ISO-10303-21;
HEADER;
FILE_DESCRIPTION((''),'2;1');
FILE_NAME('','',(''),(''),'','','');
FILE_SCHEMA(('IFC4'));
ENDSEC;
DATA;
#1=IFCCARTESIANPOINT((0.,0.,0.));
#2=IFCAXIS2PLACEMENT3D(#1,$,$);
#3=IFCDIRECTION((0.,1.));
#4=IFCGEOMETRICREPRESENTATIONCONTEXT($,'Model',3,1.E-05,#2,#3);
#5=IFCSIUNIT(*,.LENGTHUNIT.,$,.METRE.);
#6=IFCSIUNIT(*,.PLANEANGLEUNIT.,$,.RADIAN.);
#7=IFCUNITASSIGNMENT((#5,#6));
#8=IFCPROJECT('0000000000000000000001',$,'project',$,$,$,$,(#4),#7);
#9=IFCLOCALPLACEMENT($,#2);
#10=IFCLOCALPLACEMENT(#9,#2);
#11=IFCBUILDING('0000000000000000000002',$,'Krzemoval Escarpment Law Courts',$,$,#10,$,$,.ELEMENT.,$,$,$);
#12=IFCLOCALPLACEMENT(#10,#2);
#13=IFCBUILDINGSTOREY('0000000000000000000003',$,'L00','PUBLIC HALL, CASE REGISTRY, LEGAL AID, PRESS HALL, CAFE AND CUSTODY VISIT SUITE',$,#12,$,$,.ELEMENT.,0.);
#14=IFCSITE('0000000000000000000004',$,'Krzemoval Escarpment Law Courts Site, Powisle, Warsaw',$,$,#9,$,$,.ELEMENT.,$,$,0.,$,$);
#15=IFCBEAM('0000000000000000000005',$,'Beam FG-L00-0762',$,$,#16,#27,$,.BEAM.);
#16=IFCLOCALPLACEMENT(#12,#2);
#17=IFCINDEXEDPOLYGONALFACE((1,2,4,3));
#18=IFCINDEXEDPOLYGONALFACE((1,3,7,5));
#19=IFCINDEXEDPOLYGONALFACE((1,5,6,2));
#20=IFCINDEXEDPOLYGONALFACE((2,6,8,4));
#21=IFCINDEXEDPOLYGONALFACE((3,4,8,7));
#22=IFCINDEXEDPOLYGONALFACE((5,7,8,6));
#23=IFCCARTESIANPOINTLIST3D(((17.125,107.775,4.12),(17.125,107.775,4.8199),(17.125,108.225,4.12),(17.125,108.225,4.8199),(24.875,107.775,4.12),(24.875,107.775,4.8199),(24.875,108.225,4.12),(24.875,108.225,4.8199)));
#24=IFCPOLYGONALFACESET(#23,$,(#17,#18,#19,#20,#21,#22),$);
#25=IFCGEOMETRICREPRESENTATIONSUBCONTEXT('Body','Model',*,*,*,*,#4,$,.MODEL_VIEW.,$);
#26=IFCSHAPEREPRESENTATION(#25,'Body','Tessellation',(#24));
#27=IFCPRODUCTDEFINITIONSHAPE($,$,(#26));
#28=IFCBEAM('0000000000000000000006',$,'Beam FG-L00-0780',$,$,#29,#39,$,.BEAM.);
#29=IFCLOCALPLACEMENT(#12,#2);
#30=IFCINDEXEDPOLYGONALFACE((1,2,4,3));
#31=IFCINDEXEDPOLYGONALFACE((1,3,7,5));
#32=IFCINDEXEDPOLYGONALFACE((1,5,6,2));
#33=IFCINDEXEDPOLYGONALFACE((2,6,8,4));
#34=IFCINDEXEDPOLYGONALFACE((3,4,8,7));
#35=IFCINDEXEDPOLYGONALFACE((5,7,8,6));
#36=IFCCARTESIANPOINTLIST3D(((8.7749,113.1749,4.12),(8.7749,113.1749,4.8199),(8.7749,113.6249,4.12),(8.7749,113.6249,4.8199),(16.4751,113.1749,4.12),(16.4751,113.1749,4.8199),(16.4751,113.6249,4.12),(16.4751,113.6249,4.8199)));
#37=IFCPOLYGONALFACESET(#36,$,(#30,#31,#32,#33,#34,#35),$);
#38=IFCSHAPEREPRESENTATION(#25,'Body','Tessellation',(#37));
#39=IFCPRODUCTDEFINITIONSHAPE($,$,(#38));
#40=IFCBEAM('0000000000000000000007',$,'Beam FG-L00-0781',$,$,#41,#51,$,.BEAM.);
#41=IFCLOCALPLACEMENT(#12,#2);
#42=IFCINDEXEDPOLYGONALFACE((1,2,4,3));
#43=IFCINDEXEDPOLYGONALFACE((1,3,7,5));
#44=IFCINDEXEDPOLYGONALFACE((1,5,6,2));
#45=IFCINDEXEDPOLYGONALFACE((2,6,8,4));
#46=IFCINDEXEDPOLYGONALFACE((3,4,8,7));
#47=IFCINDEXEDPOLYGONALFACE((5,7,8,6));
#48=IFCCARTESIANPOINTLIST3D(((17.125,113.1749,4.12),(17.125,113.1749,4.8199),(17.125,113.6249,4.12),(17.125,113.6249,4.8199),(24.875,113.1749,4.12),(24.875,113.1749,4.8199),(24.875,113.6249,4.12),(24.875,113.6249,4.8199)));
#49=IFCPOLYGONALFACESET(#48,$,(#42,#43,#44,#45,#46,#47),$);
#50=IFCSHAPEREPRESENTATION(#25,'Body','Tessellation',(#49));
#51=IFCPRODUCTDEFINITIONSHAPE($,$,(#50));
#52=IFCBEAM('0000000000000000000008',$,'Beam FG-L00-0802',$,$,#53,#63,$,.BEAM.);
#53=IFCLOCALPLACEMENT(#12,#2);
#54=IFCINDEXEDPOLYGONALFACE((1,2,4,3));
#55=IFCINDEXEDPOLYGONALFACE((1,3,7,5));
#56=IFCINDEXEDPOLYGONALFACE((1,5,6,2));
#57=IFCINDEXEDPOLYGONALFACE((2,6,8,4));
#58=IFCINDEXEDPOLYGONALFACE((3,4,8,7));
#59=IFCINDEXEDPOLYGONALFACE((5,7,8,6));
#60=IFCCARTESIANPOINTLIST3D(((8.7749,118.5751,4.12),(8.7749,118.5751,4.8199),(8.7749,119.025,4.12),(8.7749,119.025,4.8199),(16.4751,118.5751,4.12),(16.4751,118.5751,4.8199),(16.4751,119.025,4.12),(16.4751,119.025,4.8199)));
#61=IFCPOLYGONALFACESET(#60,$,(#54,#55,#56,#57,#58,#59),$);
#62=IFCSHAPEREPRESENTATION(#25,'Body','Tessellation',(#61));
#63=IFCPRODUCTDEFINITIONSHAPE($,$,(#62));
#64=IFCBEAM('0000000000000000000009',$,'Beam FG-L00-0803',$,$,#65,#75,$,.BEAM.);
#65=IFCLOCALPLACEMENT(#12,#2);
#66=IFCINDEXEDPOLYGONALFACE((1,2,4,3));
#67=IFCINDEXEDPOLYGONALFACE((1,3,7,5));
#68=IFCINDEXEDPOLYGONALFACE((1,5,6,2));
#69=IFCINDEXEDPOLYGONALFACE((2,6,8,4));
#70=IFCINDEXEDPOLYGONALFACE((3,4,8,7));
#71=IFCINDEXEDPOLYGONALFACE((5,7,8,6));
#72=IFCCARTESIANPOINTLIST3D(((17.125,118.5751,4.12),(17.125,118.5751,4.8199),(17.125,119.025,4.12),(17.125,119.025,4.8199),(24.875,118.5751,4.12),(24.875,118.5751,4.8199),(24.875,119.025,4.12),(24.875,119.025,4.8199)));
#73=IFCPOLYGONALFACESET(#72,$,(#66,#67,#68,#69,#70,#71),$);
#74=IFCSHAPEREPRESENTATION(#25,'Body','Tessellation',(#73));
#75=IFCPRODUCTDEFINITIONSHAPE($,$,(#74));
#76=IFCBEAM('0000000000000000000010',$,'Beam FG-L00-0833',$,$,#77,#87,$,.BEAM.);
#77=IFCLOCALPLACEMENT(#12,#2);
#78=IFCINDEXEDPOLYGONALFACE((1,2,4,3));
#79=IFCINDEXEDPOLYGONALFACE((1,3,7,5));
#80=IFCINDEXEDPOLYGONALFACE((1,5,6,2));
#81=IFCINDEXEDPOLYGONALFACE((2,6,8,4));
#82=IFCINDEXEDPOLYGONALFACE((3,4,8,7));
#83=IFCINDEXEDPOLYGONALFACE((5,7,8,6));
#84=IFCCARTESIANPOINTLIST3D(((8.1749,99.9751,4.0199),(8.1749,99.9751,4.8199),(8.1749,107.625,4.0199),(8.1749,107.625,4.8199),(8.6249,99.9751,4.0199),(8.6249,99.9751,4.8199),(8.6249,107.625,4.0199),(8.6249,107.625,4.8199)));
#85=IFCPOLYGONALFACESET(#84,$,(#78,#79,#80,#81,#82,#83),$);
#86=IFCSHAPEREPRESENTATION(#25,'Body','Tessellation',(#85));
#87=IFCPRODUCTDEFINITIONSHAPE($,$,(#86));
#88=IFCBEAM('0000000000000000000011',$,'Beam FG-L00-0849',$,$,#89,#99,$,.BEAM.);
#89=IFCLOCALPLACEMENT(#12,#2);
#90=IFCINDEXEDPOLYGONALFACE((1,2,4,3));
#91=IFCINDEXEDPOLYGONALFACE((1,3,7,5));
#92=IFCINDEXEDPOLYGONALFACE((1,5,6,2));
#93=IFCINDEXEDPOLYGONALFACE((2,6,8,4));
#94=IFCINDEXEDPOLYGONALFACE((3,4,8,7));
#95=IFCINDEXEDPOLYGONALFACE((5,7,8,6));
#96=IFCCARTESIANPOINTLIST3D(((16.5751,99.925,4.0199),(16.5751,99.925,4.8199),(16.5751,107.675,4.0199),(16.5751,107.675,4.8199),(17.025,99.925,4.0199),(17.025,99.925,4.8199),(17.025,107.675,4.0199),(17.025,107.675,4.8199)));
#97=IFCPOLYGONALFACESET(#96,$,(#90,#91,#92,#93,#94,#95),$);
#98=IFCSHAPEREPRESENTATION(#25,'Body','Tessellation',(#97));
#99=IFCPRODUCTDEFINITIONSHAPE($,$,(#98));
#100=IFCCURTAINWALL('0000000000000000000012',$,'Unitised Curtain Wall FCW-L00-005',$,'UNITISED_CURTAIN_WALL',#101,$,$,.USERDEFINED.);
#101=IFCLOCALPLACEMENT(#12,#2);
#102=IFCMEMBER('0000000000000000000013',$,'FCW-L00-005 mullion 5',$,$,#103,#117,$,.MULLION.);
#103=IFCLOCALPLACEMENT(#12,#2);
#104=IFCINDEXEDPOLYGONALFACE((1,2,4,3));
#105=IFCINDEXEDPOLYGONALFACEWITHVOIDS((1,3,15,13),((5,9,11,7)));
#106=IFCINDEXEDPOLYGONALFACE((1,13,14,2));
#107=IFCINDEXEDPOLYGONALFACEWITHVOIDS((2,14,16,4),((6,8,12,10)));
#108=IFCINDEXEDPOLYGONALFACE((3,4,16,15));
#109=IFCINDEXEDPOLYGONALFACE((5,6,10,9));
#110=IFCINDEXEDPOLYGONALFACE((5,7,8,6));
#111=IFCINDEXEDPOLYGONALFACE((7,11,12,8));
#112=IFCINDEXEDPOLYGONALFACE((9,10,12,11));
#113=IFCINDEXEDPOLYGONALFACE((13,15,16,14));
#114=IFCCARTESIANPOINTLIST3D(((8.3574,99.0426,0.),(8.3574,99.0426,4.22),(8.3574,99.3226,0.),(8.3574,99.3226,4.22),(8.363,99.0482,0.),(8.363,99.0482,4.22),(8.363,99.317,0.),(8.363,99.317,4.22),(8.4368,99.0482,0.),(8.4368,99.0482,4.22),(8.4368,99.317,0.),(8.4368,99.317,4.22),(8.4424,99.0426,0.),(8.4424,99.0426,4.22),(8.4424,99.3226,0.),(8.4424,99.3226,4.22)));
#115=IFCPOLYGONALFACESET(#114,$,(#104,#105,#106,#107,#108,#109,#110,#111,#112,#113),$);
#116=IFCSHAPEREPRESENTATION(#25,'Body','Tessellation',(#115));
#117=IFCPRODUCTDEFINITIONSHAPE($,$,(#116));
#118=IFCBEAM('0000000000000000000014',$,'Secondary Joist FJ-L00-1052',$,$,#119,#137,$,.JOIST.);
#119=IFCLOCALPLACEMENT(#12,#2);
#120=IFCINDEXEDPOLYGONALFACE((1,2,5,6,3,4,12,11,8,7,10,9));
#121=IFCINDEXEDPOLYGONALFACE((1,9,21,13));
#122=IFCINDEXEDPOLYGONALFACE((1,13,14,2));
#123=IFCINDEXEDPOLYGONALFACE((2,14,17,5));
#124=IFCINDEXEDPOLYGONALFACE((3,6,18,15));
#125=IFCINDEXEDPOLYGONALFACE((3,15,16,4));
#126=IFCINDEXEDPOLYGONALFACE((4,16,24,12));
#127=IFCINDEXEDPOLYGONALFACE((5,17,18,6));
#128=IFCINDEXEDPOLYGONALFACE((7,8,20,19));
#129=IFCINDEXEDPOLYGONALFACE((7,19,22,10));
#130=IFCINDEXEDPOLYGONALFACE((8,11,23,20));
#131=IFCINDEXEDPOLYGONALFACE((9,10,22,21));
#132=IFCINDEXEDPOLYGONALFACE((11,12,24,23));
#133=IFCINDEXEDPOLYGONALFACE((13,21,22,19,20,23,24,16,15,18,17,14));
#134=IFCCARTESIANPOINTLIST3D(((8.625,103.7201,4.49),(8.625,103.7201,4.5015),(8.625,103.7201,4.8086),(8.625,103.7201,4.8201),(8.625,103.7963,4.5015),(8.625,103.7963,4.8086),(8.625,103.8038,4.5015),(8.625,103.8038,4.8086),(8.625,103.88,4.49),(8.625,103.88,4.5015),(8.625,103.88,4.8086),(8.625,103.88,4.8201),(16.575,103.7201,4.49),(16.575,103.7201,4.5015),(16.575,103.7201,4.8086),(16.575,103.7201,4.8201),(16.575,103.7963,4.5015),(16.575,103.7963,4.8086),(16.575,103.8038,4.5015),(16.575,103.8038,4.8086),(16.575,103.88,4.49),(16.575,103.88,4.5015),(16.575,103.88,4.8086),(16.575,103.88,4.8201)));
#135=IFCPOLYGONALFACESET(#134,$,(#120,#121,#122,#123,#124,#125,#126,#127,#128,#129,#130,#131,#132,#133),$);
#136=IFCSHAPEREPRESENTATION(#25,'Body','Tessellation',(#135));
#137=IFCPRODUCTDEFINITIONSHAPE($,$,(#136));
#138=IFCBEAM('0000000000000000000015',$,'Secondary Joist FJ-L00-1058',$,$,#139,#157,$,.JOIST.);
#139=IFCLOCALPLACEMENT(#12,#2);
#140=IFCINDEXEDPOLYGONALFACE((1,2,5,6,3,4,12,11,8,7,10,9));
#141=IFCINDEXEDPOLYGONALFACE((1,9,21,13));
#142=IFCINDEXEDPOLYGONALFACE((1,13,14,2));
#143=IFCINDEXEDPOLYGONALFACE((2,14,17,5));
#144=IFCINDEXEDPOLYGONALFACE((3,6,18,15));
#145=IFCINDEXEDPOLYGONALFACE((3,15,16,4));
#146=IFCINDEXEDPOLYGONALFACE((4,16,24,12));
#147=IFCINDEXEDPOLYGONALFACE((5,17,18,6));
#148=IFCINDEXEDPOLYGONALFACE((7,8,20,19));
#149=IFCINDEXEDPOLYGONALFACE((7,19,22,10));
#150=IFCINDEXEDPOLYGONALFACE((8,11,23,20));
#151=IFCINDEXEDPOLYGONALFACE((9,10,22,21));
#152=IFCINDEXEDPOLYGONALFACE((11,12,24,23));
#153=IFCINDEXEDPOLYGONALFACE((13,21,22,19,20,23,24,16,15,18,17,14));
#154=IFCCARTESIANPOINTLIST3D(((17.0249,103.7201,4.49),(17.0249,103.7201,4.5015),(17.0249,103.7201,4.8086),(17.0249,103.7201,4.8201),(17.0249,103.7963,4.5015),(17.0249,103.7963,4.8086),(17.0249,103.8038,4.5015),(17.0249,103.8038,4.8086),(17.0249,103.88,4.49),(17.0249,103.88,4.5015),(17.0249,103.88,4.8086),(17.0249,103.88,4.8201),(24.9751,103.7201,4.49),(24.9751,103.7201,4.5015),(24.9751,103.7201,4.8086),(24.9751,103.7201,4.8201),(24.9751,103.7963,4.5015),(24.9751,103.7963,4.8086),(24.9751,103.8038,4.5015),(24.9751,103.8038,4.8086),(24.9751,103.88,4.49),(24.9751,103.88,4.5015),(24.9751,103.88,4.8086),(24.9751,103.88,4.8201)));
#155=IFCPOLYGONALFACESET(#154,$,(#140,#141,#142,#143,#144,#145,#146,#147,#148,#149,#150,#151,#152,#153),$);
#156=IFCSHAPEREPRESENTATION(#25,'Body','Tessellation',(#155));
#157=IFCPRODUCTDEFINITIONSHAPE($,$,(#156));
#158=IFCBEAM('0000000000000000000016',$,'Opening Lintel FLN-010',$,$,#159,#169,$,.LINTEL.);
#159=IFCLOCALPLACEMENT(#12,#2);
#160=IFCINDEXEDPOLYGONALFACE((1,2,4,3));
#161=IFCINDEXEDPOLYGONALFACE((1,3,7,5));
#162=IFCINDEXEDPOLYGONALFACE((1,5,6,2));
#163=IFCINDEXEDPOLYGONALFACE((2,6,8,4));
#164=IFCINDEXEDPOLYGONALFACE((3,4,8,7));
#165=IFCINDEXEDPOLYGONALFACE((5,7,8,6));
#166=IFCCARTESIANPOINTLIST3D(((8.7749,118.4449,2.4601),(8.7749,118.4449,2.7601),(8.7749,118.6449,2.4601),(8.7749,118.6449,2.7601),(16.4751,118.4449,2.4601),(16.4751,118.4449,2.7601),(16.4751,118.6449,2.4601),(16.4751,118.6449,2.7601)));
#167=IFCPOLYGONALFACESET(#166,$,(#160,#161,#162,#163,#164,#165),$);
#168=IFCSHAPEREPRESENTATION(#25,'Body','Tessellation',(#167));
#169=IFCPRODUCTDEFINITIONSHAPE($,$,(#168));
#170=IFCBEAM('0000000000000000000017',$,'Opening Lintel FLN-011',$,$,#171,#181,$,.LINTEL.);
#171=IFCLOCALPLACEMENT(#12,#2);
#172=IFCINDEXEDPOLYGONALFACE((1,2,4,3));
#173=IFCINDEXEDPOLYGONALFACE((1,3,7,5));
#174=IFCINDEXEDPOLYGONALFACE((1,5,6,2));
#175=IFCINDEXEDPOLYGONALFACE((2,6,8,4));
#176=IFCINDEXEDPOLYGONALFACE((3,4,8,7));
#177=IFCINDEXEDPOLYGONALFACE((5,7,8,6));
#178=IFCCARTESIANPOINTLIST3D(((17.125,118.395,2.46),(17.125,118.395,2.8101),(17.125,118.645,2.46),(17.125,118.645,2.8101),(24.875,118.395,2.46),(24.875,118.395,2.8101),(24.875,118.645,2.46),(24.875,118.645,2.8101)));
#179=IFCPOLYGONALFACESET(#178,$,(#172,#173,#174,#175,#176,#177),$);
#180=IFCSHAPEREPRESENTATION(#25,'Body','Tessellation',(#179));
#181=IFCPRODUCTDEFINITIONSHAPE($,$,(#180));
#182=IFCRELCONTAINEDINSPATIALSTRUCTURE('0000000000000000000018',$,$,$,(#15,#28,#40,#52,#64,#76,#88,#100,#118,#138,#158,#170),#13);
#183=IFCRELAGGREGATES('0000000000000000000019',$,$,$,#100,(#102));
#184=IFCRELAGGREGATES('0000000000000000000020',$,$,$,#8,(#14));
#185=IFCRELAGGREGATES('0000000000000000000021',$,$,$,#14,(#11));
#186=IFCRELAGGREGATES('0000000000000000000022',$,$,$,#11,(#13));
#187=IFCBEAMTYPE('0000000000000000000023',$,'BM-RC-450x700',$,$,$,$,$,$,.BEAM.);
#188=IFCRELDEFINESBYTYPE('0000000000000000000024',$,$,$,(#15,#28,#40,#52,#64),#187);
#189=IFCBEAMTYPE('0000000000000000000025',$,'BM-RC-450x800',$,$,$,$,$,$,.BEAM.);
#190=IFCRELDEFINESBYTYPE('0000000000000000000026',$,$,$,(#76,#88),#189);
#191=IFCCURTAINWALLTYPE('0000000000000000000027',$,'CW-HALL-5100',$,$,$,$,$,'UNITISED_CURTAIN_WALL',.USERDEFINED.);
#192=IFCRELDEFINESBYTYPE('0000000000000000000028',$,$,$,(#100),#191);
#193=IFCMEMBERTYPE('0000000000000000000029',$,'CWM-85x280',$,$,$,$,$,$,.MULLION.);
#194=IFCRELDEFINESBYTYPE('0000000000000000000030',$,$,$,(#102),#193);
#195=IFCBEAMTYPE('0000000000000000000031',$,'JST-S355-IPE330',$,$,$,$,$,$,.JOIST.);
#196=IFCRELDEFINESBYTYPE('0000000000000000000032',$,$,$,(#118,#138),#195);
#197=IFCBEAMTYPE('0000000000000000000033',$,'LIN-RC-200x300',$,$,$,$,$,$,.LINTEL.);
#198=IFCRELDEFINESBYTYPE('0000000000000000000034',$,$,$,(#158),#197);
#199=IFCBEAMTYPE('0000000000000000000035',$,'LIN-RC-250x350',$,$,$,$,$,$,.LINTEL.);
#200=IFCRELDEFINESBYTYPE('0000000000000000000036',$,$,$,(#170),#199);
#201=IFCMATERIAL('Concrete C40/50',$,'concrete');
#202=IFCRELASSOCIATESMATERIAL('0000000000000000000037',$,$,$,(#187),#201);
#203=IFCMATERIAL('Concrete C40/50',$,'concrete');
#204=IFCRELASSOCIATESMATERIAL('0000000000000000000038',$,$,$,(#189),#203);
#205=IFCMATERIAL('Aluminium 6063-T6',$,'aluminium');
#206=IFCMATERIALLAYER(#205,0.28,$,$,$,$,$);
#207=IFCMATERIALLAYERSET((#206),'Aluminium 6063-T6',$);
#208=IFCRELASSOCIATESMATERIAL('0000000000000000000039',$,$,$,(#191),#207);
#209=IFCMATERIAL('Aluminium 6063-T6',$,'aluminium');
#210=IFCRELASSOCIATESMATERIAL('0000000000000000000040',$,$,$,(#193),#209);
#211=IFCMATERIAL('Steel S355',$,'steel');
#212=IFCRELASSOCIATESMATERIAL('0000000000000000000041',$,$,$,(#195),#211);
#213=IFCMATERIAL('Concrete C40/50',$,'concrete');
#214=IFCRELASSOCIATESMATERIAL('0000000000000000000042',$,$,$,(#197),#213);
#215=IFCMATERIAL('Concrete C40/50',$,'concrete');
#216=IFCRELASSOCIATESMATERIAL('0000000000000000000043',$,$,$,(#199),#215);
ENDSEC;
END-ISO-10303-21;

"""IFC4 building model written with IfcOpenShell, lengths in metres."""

from ifc_helpers import new_model, si_unit, direction, frame, origin, origin_2d, place, context, subcontext, project, spatial, rectangle, hollow_rectangle, i_section, extrude, material, layer, layer_set, material_profile, profile_set, type_object, element, aggregate, save


model = new_model("IFC4")

# Units and contexts
model_context = context("Model", 3, precision=1e-05, world=origin(), true_north=direction((0.0, 1.0)))
body_context = subcontext(model_context, "Body", "Model", "MODEL_VIEW")
ifc_project = project(units=[si_unit("LENGTHUNIT", "METRE"), si_unit("PLANEANGLEUNIT", "RADIAN")], contexts=[model_context])

# Site, building, storey
site_placement = place(None, origin())
site = spatial("IfcSite", under=ifc_project, at=site_placement, Name="Krzemoval Escarpment Law Courts Site, Powisle, Warsaw", CompositionType="ELEMENT", RefElevation=0.0)
building_placement = place(site_placement, origin())
building = spatial("IfcBuilding", under=site, at=building_placement, Name="Krzemoval Escarpment Law Courts", CompositionType="ELEMENT")
storey_placement = place(building_placement, origin())
storey = spatial("IfcBuildingStorey", under=building, at=storey_placement, Name="L00", Description="PUBLIC HALL, CASE REGISTRY, LEGAL AID, PRESS HALL, CAFE AND CUSTODY VISIT SUITE", CompositionType="ELEMENT", Elevation=0.0)

# Beams
ifc_material_1 = material(Name="Concrete C40/50", Category="concrete")
ifc_material_profile_1 = material_profile(ifc_material_1, rectangle(XDim=0.45, YDim=0.7, at=origin_2d()), Name="RCB 450x700")
ifc_profile_set_1 = profile_set([ifc_material_profile_1], Name="Concrete C40/50")
beam_type_1 = type_object("IfcBeamType", Name="BM-RC-450x700", PredefinedType="BEAM", material=ifc_profile_set_1)
beam_1_placement = place(storey_placement, frame((17.125, 108.0, 4.47), z_axis=(1.0, 0.0, 0.0), x_axis=(0.0, 1.0, 0.0)))
element("IfcBeam", 1, at=beam_1_placement, inside=storey, type_object=beam_type_1, Name="Beam FG-L00-0762", PredefinedType="BEAM", context=body_context, shape_type="SweptSolid", body=[
    extrude(rectangle(XDim=0.45, YDim=0.7, at=origin_2d()), origin(), (0.0, 0.0, 1.0), 7.75),
])
beam_2_placement = place(storey_placement, frame((8.7749, 113.3999, 4.47), z_axis=(1.0, 0.0, 0.0), x_axis=(0.0, 1.0, 0.0)))
element("IfcBeam", 2, at=beam_2_placement, inside=storey, type_object=beam_type_1, Name="Beam FG-L00-0780", PredefinedType="BEAM", context=body_context, shape_type="SweptSolid", body=[
    extrude(rectangle(XDim=0.45, YDim=0.7, at=origin_2d()), origin(), (0.0, 0.0, 1.0), 7.7002),
])
beam_3_placement = place(storey_placement, frame((17.125, 113.3999, 4.47), z_axis=(1.0, 0.0, 0.0), x_axis=(0.0, 1.0, 0.0)))
element("IfcBeam", 3, at=beam_3_placement, inside=storey, type_object=beam_type_1, Name="Beam FG-L00-0781", PredefinedType="BEAM", context=body_context, shape_type="SweptSolid", body=[
    extrude(rectangle(XDim=0.45, YDim=0.7, at=origin_2d()), origin(), (0.0, 0.0, 1.0), 7.75),
])
beam_4_placement = place(storey_placement, frame((8.7749, 118.8, 4.47), z_axis=(1.0, 0.0, 0.0), x_axis=(0.0, 1.0, 0.0)))
element("IfcBeam", 4, at=beam_4_placement, inside=storey, type_object=beam_type_1, Name="Beam FG-L00-0802", PredefinedType="BEAM", context=body_context, shape_type="SweptSolid", body=[
    extrude(rectangle(XDim=0.45, YDim=0.7, at=origin_2d()), origin(), (0.0, 0.0, 1.0), 7.7002),
])
beam_5_placement = place(storey_placement, frame((17.125, 118.8, 4.47), z_axis=(1.0, 0.0, 0.0), x_axis=(0.0, 1.0, 0.0)))
element("IfcBeam", 5, at=beam_5_placement, inside=storey, type_object=beam_type_1, Name="Beam FG-L00-0803", PredefinedType="BEAM", context=body_context, shape_type="SweptSolid", body=[
    extrude(rectangle(XDim=0.45, YDim=0.7, at=origin_2d()), origin(), (0.0, 0.0, 1.0), 7.75),
])
ifc_material_2 = material(Name="Concrete C40/50", Category="concrete")
ifc_material_profile_2 = material_profile(ifc_material_2, rectangle(XDim=0.45, YDim=0.8, at=origin_2d()), Name="RCB 450x800")
ifc_profile_set_2 = profile_set([ifc_material_profile_2], Name="Concrete C40/50")
beam_type_2 = type_object("IfcBeamType", Name="BM-RC-450x800", PredefinedType="BEAM", material=ifc_profile_set_2)
beam_6_placement = place(storey_placement, frame((8.3999, 99.9751, 4.4199), z_axis=(0.0, 1.0, 0.0), x_axis=(-1.0, 0.0, 0.0)))
element("IfcBeam", 6, at=beam_6_placement, inside=storey, type_object=beam_type_2, Name="Beam FG-L00-0833", PredefinedType="BEAM", context=body_context, shape_type="SweptSolid", body=[
    extrude(rectangle(XDim=0.45, YDim=0.8, at=origin_2d()), origin(), (0.0, 0.0, 1.0), 7.6499),
])
beam_7_placement = place(storey_placement, frame((16.8, 99.925, 4.4199), z_axis=(0.0, 1.0, 0.0), x_axis=(-1.0, 0.0, 0.0)))
element("IfcBeam", 7, at=beam_7_placement, inside=storey, type_object=beam_type_2, Name="Beam FG-L00-0849", PredefinedType="BEAM", context=body_context, shape_type="SweptSolid", body=[
    extrude(rectangle(XDim=0.45, YDim=0.8, at=origin_2d()), origin(), (0.0, 0.0, 1.0), 7.75),
])

# Curtain wall, member
ifc_material_3 = material(Name="Aluminium 6063-T6", Category="aluminium")
ifc_layer_1 = layer(ifc_material_3, 0.28)
ifc_layer_set_1 = layer_set([ifc_layer_1], Name="Aluminium 6063-T6")
curtain_wall_type = type_object("IfcCurtainWallType", Name="CW-HALL-5100", ElementType="UNITISED_CURTAIN_WALL", PredefinedType="USERDEFINED", material=ifc_layer_set_1)
curtain_wall_placement = place(storey_placement, origin())
curtain_wall = element("IfcCurtainWall", 8, at=curtain_wall_placement, inside=storey, type_object=curtain_wall_type, Name="Unitised Curtain Wall FCW-L00-005", ObjectType="UNITISED_CURTAIN_WALL", PredefinedType="USERDEFINED")
ifc_material_4 = material(Name="Aluminium 6063-T6", Category="aluminium")
ifc_material_profile_3 = material_profile(ifc_material_4, hollow_rectangle(XDim=0.085, YDim=0.28, WallThickness=0.0056, at=origin_2d()), Name="ALU M85x280")
ifc_profile_set_3 = profile_set([ifc_material_profile_3], Name="Aluminium 6063-T6")
member_type = type_object("IfcMemberType", Name="CWM-85x280", PredefinedType="MULLION", material=ifc_profile_set_3)
member_placement = place(storey_placement, frame((8.3999, 99.1826, 0.0), z_axis=(0.0, 0.0, 1.0), x_axis=(-1.0, 0.0, 0.0)))
member = element("IfcMember", 9, at=member_placement, type_object=member_type, Name="FCW-L00-005 mullion 5", PredefinedType="MULLION", context=body_context, shape_type="SweptSolid", body=[
    extrude(hollow_rectangle(XDim=0.085, YDim=0.28, WallThickness=0.0056, at=origin_2d()), origin(), (0.0, 0.0, 1.0), 4.22),
])

# Beams
ifc_material_5 = material(Name="Steel S355", Category="steel")
ifc_material_profile_4 = material_profile(ifc_material_5, i_section(OverallWidth=0.1599, OverallDepth=0.3301, WebThickness=0.0076, FlangeThickness=0.0115, at=origin_2d()), Name="IPE 330")
ifc_profile_set_4 = profile_set([ifc_material_profile_4], Name="Steel S355")
beam_type_3 = type_object("IfcBeamType", Name="JST-S355-IPE330", PredefinedType="JOIST", material=ifc_profile_set_4)
beam_8_placement = place(storey_placement, frame((8.625, 103.8, 4.655), z_axis=(1.0, 0.0, 0.0), x_axis=(0.0, 1.0, 0.0)))
element("IfcBeam", 10, at=beam_8_placement, inside=storey, type_object=beam_type_3, Name="Secondary Joist FJ-L00-1052", PredefinedType="JOIST", context=body_context, shape_type="SweptSolid", body=[
    extrude(i_section(OverallWidth=0.1599, OverallDepth=0.3301, WebThickness=0.0076, FlangeThickness=0.0115, at=origin_2d()), origin(), (0.0, 0.0, 1.0), 7.95),
])
beam_9_placement = place(storey_placement, frame((17.0249, 103.8, 4.655), z_axis=(1.0, 0.0, 0.0), x_axis=(0.0, 1.0, 0.0)))
element("IfcBeam", 11, at=beam_9_placement, inside=storey, type_object=beam_type_3, Name="Secondary Joist FJ-L00-1058", PredefinedType="JOIST", context=body_context, shape_type="SweptSolid", body=[
    extrude(i_section(OverallWidth=0.1599, OverallDepth=0.3301, WebThickness=0.0076, FlangeThickness=0.0115, at=origin_2d()), origin(), (0.0, 0.0, 1.0), 7.9502),
])
ifc_material_6 = material(Name="Concrete C40/50", Category="concrete")
ifc_material_profile_5 = material_profile(ifc_material_6, rectangle(XDim=0.2, YDim=0.3, at=origin_2d()), Name="LIN 200x300")
ifc_profile_set_5 = profile_set([ifc_material_profile_5], Name="Concrete C40/50")
beam_type_4 = type_object("IfcBeamType", Name="LIN-RC-200x300", PredefinedType="LINTEL", material=ifc_profile_set_5)
beam_10_placement = place(storey_placement, frame((8.7749, 118.5449, 2.6101), z_axis=(1.0, 0.0, 0.0), x_axis=(0.0, 1.0, 0.0)))
element("IfcBeam", 12, at=beam_10_placement, inside=storey, type_object=beam_type_4, Name="Opening Lintel FLN-010", PredefinedType="LINTEL", context=body_context, shape_type="SweptSolid", body=[
    extrude(rectangle(XDim=0.2, YDim=0.3, at=origin_2d()), origin(), (0.0, 0.0, 1.0), 7.7002),
])
ifc_material_7 = material(Name="Concrete C40/50", Category="concrete")
ifc_material_profile_6 = material_profile(ifc_material_7, rectangle(XDim=0.25, YDim=0.3501, at=origin_2d()), Name="LIN 250x350")
ifc_profile_set_6 = profile_set([ifc_material_profile_6], Name="Concrete C40/50")
beam_type_5 = type_object("IfcBeamType", Name="LIN-RC-250x350", PredefinedType="LINTEL", material=ifc_profile_set_6)
beam_11_placement = place(storey_placement, frame((17.125, 118.52, 2.635), z_axis=(1.0, 0.0, 0.0), x_axis=(0.0, 1.0, 0.0)))
element("IfcBeam", 13, at=beam_11_placement, inside=storey, type_object=beam_type_5, Name="Opening Lintel FLN-011", PredefinedType="LINTEL", context=body_context, shape_type="SweptSolid", body=[
    extrude(rectangle(XDim=0.25, YDim=0.3501, at=origin_2d()), origin(), (0.0, 0.0, 1.0), 7.75),
])

aggregate(curtain_wall, [member])

save(model, "model.ifc")
